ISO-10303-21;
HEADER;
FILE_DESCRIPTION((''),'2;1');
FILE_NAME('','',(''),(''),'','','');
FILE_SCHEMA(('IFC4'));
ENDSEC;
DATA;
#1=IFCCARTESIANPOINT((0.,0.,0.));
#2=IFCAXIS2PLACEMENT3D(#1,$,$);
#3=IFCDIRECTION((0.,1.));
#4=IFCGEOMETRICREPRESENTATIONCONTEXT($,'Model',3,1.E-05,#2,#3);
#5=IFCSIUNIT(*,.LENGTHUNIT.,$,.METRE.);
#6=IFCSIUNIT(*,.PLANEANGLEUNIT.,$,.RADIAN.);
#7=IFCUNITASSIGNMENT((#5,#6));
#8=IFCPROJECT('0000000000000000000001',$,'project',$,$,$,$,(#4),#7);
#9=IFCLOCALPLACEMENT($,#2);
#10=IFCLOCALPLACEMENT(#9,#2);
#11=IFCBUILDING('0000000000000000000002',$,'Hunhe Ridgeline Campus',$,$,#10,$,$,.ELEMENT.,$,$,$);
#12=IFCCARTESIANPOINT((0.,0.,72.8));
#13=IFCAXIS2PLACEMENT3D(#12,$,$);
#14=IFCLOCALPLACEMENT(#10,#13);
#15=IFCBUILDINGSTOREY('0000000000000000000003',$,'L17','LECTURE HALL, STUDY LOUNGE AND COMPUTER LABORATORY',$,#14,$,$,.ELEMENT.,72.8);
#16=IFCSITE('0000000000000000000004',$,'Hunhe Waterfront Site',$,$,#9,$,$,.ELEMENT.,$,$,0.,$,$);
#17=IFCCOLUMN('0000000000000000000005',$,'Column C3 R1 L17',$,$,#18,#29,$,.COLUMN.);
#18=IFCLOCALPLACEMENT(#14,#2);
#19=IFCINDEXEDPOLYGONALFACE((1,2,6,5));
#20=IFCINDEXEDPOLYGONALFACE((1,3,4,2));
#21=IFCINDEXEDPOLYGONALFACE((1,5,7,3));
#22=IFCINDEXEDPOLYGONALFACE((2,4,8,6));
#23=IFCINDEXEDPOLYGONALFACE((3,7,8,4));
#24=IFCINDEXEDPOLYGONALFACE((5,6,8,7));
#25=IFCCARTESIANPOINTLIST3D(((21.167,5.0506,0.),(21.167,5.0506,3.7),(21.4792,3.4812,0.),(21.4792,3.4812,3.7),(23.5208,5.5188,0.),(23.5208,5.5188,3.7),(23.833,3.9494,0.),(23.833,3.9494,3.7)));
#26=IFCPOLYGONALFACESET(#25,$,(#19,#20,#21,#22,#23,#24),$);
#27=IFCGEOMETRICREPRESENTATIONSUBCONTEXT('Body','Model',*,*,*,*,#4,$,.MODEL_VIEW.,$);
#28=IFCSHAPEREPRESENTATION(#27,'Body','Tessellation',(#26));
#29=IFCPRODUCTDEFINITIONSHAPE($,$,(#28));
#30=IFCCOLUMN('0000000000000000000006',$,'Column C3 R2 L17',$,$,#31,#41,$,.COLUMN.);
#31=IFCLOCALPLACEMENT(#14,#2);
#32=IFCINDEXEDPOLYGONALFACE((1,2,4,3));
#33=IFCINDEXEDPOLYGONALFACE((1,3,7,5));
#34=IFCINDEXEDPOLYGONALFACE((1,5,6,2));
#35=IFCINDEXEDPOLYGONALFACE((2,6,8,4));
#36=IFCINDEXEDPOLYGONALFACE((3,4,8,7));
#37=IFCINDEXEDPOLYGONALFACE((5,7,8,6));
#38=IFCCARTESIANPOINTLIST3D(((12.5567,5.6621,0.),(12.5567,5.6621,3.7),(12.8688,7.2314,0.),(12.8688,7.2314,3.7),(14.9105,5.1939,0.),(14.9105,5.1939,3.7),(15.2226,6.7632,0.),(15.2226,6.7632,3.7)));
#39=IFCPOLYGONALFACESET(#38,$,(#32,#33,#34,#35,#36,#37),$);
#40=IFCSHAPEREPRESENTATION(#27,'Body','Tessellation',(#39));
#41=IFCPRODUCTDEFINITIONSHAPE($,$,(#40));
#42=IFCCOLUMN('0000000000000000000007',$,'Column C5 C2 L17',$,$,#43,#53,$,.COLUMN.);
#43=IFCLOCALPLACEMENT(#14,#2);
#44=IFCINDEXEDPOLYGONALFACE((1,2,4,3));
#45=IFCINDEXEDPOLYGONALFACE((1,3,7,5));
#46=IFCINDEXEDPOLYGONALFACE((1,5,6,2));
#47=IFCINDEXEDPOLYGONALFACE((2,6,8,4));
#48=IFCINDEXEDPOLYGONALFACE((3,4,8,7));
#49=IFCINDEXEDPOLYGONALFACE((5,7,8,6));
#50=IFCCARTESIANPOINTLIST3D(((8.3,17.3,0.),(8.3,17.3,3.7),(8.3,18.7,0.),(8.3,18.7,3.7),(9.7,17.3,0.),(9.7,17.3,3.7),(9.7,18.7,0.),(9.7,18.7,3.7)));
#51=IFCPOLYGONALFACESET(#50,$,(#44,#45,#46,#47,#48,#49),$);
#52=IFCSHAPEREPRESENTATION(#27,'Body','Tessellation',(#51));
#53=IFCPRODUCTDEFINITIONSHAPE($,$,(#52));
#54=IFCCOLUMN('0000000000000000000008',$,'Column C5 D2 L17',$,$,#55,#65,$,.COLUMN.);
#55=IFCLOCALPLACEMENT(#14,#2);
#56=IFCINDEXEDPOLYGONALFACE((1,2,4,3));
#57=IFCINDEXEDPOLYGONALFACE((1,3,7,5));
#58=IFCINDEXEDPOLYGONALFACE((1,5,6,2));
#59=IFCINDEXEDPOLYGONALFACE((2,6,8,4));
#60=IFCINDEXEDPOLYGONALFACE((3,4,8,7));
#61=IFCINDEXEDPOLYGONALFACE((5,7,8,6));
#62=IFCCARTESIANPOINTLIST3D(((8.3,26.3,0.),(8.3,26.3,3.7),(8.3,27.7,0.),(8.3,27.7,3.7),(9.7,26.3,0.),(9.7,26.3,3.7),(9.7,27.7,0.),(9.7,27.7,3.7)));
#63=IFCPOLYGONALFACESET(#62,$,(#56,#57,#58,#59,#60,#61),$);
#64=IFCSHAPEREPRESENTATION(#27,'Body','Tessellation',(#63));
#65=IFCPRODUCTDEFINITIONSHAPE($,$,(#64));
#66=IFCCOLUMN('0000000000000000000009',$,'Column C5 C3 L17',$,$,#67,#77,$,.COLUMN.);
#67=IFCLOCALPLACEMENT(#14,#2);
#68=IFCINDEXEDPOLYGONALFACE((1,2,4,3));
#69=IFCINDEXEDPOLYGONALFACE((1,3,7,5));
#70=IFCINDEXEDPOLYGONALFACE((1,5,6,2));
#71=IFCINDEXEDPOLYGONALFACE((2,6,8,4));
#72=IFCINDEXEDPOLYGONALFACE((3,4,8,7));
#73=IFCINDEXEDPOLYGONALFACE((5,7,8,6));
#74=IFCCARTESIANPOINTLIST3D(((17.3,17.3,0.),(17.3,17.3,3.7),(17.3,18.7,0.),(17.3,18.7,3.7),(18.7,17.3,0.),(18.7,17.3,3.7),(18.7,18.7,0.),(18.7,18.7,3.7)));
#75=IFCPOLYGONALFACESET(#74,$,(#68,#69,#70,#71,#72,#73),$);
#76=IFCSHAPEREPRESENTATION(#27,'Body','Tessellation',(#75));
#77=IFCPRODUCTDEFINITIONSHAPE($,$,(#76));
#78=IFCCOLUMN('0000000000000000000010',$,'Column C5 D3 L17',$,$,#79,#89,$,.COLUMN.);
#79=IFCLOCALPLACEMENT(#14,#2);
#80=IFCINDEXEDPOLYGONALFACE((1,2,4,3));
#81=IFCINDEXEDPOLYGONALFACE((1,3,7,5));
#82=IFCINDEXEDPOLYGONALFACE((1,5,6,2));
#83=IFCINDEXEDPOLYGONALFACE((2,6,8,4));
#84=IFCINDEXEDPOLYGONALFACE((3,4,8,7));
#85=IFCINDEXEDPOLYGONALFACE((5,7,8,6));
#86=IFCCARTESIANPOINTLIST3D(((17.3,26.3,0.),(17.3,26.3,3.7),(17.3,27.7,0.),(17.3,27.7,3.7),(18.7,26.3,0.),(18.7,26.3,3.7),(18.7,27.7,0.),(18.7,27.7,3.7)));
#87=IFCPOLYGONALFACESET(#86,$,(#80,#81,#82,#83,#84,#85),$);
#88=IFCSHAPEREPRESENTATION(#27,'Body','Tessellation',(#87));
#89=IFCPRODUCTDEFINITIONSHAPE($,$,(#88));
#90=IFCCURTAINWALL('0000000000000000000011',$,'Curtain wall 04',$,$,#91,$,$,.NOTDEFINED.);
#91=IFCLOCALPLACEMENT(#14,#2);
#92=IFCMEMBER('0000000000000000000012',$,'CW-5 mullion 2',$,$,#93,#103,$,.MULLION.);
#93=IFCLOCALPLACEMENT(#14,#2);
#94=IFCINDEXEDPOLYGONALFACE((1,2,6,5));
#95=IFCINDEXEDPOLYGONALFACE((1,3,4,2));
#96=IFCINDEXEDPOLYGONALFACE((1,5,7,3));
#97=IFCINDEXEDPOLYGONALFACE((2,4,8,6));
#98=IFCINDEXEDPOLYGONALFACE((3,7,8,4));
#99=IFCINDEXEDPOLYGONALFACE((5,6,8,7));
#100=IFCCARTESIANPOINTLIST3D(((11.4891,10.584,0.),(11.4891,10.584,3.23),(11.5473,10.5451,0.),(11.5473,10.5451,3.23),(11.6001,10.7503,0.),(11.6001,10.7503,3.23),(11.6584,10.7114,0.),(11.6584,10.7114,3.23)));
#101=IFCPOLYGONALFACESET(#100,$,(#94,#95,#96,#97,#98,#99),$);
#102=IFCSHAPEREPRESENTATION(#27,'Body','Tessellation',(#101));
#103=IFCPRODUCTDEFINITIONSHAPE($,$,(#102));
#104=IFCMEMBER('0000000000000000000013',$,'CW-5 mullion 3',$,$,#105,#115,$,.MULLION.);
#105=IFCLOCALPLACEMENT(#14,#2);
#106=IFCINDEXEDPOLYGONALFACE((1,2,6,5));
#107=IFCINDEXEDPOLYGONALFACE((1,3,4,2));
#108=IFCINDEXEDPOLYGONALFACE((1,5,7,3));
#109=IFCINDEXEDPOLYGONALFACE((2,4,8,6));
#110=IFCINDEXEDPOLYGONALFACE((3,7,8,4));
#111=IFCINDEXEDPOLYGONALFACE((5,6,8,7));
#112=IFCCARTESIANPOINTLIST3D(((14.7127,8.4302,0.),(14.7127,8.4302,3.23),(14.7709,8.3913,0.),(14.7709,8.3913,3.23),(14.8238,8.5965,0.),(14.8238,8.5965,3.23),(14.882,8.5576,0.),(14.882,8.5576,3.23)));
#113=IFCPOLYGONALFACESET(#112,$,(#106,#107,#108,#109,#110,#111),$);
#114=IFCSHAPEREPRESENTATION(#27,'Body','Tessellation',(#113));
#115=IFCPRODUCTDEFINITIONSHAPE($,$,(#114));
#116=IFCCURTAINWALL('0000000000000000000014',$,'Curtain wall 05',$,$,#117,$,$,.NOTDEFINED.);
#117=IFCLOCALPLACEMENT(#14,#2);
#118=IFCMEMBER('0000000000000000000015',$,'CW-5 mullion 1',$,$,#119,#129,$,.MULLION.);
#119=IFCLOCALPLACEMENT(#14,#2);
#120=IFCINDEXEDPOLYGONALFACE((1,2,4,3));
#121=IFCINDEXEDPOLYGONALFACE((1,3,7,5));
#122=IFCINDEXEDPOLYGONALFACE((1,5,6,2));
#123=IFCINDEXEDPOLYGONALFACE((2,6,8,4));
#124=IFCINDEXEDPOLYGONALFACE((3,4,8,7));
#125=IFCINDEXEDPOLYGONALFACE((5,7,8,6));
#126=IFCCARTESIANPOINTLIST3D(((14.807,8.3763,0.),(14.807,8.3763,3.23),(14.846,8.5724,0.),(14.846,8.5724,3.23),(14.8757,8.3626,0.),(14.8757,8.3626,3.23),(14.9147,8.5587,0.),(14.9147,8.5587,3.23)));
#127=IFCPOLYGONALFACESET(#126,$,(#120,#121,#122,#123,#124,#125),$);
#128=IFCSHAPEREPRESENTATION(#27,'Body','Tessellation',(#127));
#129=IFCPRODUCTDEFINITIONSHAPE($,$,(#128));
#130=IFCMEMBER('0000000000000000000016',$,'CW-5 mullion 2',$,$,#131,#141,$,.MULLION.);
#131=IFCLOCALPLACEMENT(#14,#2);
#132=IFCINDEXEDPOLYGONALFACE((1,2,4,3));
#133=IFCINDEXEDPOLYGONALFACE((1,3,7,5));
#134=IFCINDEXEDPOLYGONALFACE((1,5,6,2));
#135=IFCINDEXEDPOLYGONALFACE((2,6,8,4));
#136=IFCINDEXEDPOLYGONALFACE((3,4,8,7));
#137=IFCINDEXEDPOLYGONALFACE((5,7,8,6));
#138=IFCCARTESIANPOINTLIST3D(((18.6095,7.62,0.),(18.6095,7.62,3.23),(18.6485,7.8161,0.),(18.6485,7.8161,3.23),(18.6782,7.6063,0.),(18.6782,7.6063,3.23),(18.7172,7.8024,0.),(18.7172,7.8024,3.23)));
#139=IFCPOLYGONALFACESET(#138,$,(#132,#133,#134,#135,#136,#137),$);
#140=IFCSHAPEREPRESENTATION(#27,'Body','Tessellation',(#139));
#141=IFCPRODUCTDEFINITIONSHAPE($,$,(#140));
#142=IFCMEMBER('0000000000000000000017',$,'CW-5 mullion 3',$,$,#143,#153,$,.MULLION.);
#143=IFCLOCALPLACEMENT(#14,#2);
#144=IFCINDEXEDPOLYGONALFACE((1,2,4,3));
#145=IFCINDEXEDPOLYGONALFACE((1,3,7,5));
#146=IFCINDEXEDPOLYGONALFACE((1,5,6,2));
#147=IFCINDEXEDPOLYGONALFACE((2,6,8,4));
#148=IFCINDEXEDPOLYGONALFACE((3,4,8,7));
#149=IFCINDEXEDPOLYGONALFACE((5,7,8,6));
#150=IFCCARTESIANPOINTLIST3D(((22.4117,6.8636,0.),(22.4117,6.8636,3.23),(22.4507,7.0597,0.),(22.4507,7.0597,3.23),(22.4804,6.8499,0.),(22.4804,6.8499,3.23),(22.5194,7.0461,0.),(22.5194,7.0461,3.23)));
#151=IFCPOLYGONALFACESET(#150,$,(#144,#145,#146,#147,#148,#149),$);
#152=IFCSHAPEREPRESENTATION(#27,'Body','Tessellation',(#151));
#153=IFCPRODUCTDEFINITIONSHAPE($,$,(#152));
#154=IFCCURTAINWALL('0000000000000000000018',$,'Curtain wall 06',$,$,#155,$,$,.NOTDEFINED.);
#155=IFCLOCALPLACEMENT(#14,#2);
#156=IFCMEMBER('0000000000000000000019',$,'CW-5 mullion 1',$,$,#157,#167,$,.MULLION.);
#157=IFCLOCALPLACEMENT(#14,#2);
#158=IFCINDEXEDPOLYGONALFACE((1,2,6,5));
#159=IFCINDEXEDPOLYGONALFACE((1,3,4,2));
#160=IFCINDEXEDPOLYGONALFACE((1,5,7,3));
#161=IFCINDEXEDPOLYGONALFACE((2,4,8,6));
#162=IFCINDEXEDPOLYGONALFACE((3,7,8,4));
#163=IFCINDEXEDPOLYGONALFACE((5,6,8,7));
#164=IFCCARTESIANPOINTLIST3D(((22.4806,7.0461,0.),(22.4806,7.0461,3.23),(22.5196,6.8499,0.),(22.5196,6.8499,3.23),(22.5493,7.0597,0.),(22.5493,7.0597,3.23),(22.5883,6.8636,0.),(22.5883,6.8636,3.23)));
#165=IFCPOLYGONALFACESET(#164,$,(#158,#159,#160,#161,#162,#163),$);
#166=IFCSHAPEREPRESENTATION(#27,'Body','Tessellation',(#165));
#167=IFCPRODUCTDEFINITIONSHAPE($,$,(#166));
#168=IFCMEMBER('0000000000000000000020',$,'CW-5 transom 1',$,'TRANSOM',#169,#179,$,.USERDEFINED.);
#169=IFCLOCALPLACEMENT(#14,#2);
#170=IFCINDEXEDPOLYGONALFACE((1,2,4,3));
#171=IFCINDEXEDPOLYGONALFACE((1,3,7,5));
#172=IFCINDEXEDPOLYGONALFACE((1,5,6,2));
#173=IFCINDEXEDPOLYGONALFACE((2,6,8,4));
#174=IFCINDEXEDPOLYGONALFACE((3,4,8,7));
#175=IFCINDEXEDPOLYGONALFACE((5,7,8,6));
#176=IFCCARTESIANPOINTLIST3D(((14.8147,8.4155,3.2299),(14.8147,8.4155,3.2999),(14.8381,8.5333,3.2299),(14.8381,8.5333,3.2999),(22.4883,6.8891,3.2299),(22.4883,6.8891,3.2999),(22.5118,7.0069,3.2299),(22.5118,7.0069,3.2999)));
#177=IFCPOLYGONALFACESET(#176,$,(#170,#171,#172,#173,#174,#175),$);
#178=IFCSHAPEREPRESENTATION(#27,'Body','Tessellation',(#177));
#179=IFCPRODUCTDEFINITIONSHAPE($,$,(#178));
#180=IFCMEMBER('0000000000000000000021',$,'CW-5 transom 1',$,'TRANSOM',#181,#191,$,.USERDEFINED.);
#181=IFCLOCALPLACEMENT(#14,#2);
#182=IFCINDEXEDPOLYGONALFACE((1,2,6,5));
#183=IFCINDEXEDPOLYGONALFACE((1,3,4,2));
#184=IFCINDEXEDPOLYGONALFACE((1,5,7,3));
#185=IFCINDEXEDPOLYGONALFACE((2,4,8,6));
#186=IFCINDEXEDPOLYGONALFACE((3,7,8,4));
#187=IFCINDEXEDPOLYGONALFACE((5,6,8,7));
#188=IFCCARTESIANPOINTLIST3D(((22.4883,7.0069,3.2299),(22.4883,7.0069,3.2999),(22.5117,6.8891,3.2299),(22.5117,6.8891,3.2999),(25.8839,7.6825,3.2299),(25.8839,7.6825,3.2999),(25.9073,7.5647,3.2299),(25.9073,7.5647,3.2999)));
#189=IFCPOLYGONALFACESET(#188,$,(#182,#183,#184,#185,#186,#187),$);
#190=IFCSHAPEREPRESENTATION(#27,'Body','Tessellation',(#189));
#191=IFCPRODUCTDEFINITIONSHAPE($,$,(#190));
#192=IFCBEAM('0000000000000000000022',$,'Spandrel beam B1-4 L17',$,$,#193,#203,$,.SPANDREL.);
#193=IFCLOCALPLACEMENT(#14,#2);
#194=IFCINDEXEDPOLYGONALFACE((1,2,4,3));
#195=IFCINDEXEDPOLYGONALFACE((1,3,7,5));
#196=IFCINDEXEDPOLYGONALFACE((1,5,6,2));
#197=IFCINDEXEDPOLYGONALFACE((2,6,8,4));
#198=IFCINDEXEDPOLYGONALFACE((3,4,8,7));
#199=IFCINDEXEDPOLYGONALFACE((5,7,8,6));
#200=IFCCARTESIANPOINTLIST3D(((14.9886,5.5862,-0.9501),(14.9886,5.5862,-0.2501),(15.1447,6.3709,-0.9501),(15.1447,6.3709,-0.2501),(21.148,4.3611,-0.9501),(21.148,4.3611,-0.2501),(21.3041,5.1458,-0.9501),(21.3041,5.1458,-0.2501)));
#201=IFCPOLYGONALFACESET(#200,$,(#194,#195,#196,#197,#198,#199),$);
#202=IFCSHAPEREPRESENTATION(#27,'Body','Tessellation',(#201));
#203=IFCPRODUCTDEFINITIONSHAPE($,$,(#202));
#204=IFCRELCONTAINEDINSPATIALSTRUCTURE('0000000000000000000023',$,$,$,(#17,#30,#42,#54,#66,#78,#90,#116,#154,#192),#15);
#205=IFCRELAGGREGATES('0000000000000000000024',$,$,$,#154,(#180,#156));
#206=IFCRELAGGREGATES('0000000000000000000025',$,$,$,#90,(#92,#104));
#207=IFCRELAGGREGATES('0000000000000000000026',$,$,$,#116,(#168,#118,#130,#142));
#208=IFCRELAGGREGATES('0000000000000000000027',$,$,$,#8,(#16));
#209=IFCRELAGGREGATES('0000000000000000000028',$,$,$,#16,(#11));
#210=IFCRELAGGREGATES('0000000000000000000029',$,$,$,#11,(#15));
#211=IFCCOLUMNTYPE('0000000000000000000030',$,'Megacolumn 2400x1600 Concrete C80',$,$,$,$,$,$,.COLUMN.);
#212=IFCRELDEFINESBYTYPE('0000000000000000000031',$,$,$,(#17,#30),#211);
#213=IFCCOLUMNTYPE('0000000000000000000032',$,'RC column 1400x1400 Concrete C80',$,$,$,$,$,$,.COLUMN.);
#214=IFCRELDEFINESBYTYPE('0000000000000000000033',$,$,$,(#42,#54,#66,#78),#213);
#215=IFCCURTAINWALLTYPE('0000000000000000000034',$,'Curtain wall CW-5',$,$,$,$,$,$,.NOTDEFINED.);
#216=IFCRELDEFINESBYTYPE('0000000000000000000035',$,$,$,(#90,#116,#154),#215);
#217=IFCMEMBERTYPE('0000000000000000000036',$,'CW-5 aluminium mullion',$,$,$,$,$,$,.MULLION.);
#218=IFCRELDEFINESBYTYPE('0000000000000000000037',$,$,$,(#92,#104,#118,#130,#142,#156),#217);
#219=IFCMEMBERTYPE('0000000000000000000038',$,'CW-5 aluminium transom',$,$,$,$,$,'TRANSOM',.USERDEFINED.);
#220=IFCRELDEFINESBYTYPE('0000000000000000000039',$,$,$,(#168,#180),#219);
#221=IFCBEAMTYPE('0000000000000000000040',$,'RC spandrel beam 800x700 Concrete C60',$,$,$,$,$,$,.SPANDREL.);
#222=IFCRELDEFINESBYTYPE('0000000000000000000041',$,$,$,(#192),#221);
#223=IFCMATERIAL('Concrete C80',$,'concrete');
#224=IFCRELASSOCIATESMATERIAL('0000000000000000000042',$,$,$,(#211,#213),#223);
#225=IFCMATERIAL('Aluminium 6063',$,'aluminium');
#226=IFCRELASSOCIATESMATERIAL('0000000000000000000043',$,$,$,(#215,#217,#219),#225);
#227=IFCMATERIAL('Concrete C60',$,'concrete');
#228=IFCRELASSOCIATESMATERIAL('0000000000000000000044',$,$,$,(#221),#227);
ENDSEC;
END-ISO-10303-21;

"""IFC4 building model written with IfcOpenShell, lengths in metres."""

from ifc_helpers import new_model, si_unit, direction, frame, origin, origin_2d, place, context, subcontext, project, spatial, rectangle, extrude, material, material_profile, profile_set, type_object, element, aggregate, save


model = new_model("IFC4")

# Units and contexts
model_context = context("Model", 3, precision=1e-05, world=origin(), true_north=direction((0.0, 1.0)))
body_context = subcontext(model_context, "Body", "Model", "MODEL_VIEW")
ifc_project = project(units=[si_unit("LENGTHUNIT", "METRE"), si_unit("PLANEANGLEUNIT", "RADIAN")], contexts=[model_context])

# Site, building, storey
site_placement = place(None, origin())
site = spatial("IfcSite", under=ifc_project, at=site_placement, Name="Hunhe Waterfront Site", CompositionType="ELEMENT", RefElevation=0.0)
building_placement = place(site_placement, origin())
building = spatial("IfcBuilding", under=site, at=building_placement, Name="Hunhe Ridgeline Campus", CompositionType="ELEMENT")
storey_placement = place(building_placement, frame((0.0, 0.0, 72.8)))
storey = spatial("IfcBuildingStorey", under=building, at=storey_placement, Name="L17", Description="LECTURE HALL, STUDY LOUNGE AND COMPUTER LABORATORY", CompositionType="ELEMENT", Elevation=72.8)

# Columns
ifc_material_1 = material(Name="Concrete C80", Category="concrete")
ifc_material_profile_1 = material_profile(ifc_material_1, rectangle(XDim=2.3999, YDim=1.6001, at=origin_2d()))
ifc_profile_set_1 = profile_set([ifc_material_profile_1], Name="Concrete C80")
column_type_1 = type_object("IfcColumnType", Name="Megacolumn 2400x1600 Concrete C80", PredefinedType="COLUMN", material=ifc_profile_set_1)
for number, where, z_axis, x_axis, name in (
    (1, (22.5, 4.5, 0.0), (0.0, 0.0, 1.0), (0.980785, 0.19509, 0.0), "Column C3 R1 L17"),
    (2, (13.8896, 6.2126, 0.0), (0.0, 0.0, 1.0), (-0.980785, 0.19509, 0.0), "Column C3 R2 L17"),
):
    element("IfcColumn", number, at=place(storey_placement, frame(where, z_axis=z_axis, x_axis=x_axis)), inside=storey, type_object=column_type_1, Name=name, PredefinedType="COLUMN", context=body_context, shape_type="SweptSolid", body=[
        extrude(rectangle(XDim=2.3999, YDim=1.6001, at=origin_2d()), origin(), (0.0, 0.0, 1.0), 3.7),
    ])
ifc_material_profile_2 = material_profile(ifc_material_1, rectangle(XDim=1.3999, YDim=1.3999, at=origin_2d()))
ifc_profile_set_2 = profile_set([ifc_material_profile_2], Name="Concrete C80")
column_type_2 = type_object("IfcColumnType", Name="RC column 1400x1400 Concrete C80", PredefinedType="COLUMN", material=ifc_profile_set_2)
for number, where, z_axis, x_axis, name in (
    (3, (9.0, 18.0, 0.0), (0.0, 0.0, 1.0), (1.0, 0.0, 0.0), "Column C5 C2 L17"),
    (4, (9.0, 27.0, 0.0), (0.0, 0.0, 1.0), (1.0, 0.0, 0.0), "Column C5 D2 L17"),
    (5, (18.0, 18.0, 0.0), (0.0, 0.0, 1.0), (1.0, 0.0, 0.0), "Column C5 C3 L17"),
    (6, (18.0, 27.0, 0.0), (0.0, 0.0, 1.0), (1.0, 0.0, 0.0), "Column C5 D3 L17"),
):
    element("IfcColumn", number, at=place(storey_placement, frame(where, z_axis=z_axis, x_axis=x_axis)), inside=storey, type_object=column_type_2, Name=name, PredefinedType="COLUMN", context=body_context, shape_type="SweptSolid", body=[
        extrude(rectangle(XDim=1.3999, YDim=1.3999, at=origin_2d()), origin(), (0.0, 0.0, 1.0), 3.7),
    ])

# Curtain walls, members
ifc_material_2 = material(Name="Aluminium 6063", Category="aluminium")
curtain_wall_type = type_object("IfcCurtainWallType", Name="Curtain wall CW-5", PredefinedType="NOTDEFINED", material=ifc_material_2)
curtain_wall_1_placement = place(storey_placement, origin())
curtain_wall_1 = element("IfcCurtainWall", 7, at=curtain_wall_1_placement, inside=storey, type_object=curtain_wall_type, Name="Curtain wall 04", PredefinedType="NOTDEFINED")
ifc_material_profile_3 = material_profile(ifc_material_2, rectangle(XDim=0.2, YDim=0.0701, at=origin_2d()))
ifc_profile_set_3 = profile_set([ifc_material_profile_3], Name="Aluminium 6063")
member_type_1 = type_object("IfcMemberType", Name="CW-5 aluminium mullion", PredefinedType="MULLION", material=ifc_profile_set_3)
member_1_placement = place(storey_placement, frame((11.5737, 10.6477, 0.0), z_axis=(0.0, 0.0, 1.0), x_axis=(0.55557, 0.83147, 0.0)))
member_1 = element("IfcMember", 8, at=member_1_placement, type_object=member_type_1, Name="CW-5 mullion 2", PredefinedType="MULLION", context=body_context, shape_type="SweptSolid", body=[
    extrude(rectangle(XDim=0.2, YDim=0.0701, at=origin_2d()), origin(), (0.0, 0.0, 1.0), 3.23),
])
member_2_placement = place(storey_placement, frame((14.7974, 8.4939, 0.0), z_axis=(0.0, 0.0, 1.0), x_axis=(0.55557, 0.83147, 0.0)))
member_2 = element("IfcMember", 9, at=member_2_placement, type_object=member_type_1, Name="CW-5 mullion 3", PredefinedType="MULLION", context=body_context, shape_type="SweptSolid", body=[
    extrude(rectangle(XDim=0.2, YDim=0.0701, at=origin_2d()), origin(), (0.0, 0.0, 1.0), 3.23),
])
curtain_wall_2_placement = place(storey_placement, origin())
curtain_wall_2 = element("IfcCurtainWall", 10, at=curtain_wall_2_placement, inside=storey, type_object=curtain_wall_type, Name="Curtain wall 05", PredefinedType="NOTDEFINED")
member_3_placement = place(storey_placement, frame((14.8608, 8.4675, 0.0), z_axis=(0.0, 0.0, 1.0), x_axis=(0.19509, 0.980785, 0.0)))
member_3 = element("IfcMember", 11, at=member_3_placement, type_object=member_type_1, Name="CW-5 mullion 1", PredefinedType="MULLION", context=body_context, shape_type="SweptSolid", body=[
    extrude(rectangle(XDim=0.2, YDim=0.0701, at=origin_2d()), origin(), (0.0, 0.0, 1.0), 3.23),
])
member_4_placement = place(storey_placement, frame((18.6633, 7.7112, 0.0), z_axis=(0.0, 0.0, 1.0), x_axis=(0.19509, 0.980785, 0.0)))
member_4 = element("IfcMember", 12, at=member_4_placement, type_object=member_type_1, Name="CW-5 mullion 2", PredefinedType="MULLION", context=body_context, shape_type="SweptSolid", body=[
    extrude(rectangle(XDim=0.2, YDim=0.0701, at=origin_2d()), origin(), (0.0, 0.0, 1.0), 3.23),
])
member_5_placement = place(storey_placement, frame((22.4656, 6.9548, 0.0), z_axis=(0.0, 0.0, 1.0), x_axis=(0.19509, 0.980785, 0.0)))
member_5 = element("IfcMember", 13, at=member_5_placement, type_object=member_type_1, Name="CW-5 mullion 3", PredefinedType="MULLION", context=body_context, shape_type="SweptSolid", body=[
    extrude(rectangle(XDim=0.2, YDim=0.0701, at=origin_2d()), origin(), (0.0, 0.0, 1.0), 3.23),
])

# Curtain wall, member
curtain_wall_3_placement = place(storey_placement, origin())
curtain_wall_3 = element("IfcCurtainWall", 14, at=curtain_wall_3_placement, inside=storey, type_object=curtain_wall_type, Name="Curtain wall 06", PredefinedType="NOTDEFINED")
member_6_placement = place(storey_placement, frame((22.5344, 6.9548, 0.0), z_axis=(0.0, 0.0, 1.0), x_axis=(-0.19509, 0.980785, 0.0)))
member_6 = element("IfcMember", 15, at=member_6_placement, type_object=member_type_1, Name="CW-5 mullion 1", PredefinedType="MULLION", context=body_context, shape_type="SweptSolid", body=[
    extrude(rectangle(XDim=0.2, YDim=0.0701, at=origin_2d()), origin(), (0.0, 0.0, 1.0), 3.23),
])

# Members
ifc_material_profile_4 = material_profile(ifc_material_2, rectangle(XDim=0.1201, YDim=0.0701, at=origin_2d()))
ifc_profile_set_4 = profile_set([ifc_material_profile_4], Name="Aluminium 6063")
member_type_2 = type_object("IfcMemberType", Name="CW-5 aluminium transom", ElementType="TRANSOM", PredefinedType="USERDEFINED", material=ifc_profile_set_4)
member_7_placement = place(storey_placement, frame((14.8264, 8.4744, 3.2649), z_axis=(0.980785, -0.19509, 0.0), x_axis=(0.19509, 0.980785, 0.0)))
member_7 = element("IfcMember", 16, at=member_7_placement, type_object=member_type_2, Name="CW-5 transom 1", ObjectType="TRANSOM", PredefinedType="USERDEFINED", context=body_context, shape_type="SweptSolid", body=[
    extrude(rectangle(XDim=0.1201, YDim=0.0701, at=origin_2d()), origin(), (0.0, 0.0, 1.0), 7.824),
])
member_8_placement = place(storey_placement, frame((22.5, 6.948, 3.2649), z_axis=(0.980778, 0.195126, 0.0), x_axis=(-0.195126, 0.980778, 0.0)))
member_8 = element("IfcMember", 17, at=member_8_placement, type_object=member_type_2, Name="CW-5 transom 1", ObjectType="TRANSOM", PredefinedType="USERDEFINED", context=body_context, shape_type="SweptSolid", body=[
    extrude(rectangle(XDim=0.1201, YDim=0.0701, at=origin_2d()), origin(), (0.0, 0.0, 1.0), 3.4622),
])
aggregate(curtain_wall_3, [member_8, member_6])

# Beam
ifc_material_3 = material(Name="Concrete C60", Category="concrete")
ifc_material_profile_5 = material_profile(ifc_material_3, rectangle(XDim=0.8, YDim=0.7, at=origin_2d()))
ifc_profile_set_5 = profile_set([ifc_material_profile_5], Name="Concrete C60")
beam_type = type_object("IfcBeamType", Name="RC spandrel beam 800x700 Concrete C60", PredefinedType="SPANDREL", material=ifc_profile_set_5)
beam_placement = place(storey_placement, frame((15.0667, 5.9785, -0.6001), z_axis=(0.980788, -0.195077, 0.0), x_axis=(0.195077, 0.980788, 0.0)))
element("IfcBeam", 18, at=beam_placement, inside=storey, type_object=beam_type, Name="Spandrel beam B1-4 L17", PredefinedType="SPANDREL", context=body_context, shape_type="SweptSolid", body=[
    extrude(rectangle(XDim=0.8, YDim=0.7, at=origin_2d()), origin(), (0.0, 0.0, 1.0), 6.28),
])

aggregate(curtain_wall_1, [member_1, member_2])
aggregate(curtain_wall_2, [member_7, member_3, member_4, member_5])

save(model, "model.ifc")
